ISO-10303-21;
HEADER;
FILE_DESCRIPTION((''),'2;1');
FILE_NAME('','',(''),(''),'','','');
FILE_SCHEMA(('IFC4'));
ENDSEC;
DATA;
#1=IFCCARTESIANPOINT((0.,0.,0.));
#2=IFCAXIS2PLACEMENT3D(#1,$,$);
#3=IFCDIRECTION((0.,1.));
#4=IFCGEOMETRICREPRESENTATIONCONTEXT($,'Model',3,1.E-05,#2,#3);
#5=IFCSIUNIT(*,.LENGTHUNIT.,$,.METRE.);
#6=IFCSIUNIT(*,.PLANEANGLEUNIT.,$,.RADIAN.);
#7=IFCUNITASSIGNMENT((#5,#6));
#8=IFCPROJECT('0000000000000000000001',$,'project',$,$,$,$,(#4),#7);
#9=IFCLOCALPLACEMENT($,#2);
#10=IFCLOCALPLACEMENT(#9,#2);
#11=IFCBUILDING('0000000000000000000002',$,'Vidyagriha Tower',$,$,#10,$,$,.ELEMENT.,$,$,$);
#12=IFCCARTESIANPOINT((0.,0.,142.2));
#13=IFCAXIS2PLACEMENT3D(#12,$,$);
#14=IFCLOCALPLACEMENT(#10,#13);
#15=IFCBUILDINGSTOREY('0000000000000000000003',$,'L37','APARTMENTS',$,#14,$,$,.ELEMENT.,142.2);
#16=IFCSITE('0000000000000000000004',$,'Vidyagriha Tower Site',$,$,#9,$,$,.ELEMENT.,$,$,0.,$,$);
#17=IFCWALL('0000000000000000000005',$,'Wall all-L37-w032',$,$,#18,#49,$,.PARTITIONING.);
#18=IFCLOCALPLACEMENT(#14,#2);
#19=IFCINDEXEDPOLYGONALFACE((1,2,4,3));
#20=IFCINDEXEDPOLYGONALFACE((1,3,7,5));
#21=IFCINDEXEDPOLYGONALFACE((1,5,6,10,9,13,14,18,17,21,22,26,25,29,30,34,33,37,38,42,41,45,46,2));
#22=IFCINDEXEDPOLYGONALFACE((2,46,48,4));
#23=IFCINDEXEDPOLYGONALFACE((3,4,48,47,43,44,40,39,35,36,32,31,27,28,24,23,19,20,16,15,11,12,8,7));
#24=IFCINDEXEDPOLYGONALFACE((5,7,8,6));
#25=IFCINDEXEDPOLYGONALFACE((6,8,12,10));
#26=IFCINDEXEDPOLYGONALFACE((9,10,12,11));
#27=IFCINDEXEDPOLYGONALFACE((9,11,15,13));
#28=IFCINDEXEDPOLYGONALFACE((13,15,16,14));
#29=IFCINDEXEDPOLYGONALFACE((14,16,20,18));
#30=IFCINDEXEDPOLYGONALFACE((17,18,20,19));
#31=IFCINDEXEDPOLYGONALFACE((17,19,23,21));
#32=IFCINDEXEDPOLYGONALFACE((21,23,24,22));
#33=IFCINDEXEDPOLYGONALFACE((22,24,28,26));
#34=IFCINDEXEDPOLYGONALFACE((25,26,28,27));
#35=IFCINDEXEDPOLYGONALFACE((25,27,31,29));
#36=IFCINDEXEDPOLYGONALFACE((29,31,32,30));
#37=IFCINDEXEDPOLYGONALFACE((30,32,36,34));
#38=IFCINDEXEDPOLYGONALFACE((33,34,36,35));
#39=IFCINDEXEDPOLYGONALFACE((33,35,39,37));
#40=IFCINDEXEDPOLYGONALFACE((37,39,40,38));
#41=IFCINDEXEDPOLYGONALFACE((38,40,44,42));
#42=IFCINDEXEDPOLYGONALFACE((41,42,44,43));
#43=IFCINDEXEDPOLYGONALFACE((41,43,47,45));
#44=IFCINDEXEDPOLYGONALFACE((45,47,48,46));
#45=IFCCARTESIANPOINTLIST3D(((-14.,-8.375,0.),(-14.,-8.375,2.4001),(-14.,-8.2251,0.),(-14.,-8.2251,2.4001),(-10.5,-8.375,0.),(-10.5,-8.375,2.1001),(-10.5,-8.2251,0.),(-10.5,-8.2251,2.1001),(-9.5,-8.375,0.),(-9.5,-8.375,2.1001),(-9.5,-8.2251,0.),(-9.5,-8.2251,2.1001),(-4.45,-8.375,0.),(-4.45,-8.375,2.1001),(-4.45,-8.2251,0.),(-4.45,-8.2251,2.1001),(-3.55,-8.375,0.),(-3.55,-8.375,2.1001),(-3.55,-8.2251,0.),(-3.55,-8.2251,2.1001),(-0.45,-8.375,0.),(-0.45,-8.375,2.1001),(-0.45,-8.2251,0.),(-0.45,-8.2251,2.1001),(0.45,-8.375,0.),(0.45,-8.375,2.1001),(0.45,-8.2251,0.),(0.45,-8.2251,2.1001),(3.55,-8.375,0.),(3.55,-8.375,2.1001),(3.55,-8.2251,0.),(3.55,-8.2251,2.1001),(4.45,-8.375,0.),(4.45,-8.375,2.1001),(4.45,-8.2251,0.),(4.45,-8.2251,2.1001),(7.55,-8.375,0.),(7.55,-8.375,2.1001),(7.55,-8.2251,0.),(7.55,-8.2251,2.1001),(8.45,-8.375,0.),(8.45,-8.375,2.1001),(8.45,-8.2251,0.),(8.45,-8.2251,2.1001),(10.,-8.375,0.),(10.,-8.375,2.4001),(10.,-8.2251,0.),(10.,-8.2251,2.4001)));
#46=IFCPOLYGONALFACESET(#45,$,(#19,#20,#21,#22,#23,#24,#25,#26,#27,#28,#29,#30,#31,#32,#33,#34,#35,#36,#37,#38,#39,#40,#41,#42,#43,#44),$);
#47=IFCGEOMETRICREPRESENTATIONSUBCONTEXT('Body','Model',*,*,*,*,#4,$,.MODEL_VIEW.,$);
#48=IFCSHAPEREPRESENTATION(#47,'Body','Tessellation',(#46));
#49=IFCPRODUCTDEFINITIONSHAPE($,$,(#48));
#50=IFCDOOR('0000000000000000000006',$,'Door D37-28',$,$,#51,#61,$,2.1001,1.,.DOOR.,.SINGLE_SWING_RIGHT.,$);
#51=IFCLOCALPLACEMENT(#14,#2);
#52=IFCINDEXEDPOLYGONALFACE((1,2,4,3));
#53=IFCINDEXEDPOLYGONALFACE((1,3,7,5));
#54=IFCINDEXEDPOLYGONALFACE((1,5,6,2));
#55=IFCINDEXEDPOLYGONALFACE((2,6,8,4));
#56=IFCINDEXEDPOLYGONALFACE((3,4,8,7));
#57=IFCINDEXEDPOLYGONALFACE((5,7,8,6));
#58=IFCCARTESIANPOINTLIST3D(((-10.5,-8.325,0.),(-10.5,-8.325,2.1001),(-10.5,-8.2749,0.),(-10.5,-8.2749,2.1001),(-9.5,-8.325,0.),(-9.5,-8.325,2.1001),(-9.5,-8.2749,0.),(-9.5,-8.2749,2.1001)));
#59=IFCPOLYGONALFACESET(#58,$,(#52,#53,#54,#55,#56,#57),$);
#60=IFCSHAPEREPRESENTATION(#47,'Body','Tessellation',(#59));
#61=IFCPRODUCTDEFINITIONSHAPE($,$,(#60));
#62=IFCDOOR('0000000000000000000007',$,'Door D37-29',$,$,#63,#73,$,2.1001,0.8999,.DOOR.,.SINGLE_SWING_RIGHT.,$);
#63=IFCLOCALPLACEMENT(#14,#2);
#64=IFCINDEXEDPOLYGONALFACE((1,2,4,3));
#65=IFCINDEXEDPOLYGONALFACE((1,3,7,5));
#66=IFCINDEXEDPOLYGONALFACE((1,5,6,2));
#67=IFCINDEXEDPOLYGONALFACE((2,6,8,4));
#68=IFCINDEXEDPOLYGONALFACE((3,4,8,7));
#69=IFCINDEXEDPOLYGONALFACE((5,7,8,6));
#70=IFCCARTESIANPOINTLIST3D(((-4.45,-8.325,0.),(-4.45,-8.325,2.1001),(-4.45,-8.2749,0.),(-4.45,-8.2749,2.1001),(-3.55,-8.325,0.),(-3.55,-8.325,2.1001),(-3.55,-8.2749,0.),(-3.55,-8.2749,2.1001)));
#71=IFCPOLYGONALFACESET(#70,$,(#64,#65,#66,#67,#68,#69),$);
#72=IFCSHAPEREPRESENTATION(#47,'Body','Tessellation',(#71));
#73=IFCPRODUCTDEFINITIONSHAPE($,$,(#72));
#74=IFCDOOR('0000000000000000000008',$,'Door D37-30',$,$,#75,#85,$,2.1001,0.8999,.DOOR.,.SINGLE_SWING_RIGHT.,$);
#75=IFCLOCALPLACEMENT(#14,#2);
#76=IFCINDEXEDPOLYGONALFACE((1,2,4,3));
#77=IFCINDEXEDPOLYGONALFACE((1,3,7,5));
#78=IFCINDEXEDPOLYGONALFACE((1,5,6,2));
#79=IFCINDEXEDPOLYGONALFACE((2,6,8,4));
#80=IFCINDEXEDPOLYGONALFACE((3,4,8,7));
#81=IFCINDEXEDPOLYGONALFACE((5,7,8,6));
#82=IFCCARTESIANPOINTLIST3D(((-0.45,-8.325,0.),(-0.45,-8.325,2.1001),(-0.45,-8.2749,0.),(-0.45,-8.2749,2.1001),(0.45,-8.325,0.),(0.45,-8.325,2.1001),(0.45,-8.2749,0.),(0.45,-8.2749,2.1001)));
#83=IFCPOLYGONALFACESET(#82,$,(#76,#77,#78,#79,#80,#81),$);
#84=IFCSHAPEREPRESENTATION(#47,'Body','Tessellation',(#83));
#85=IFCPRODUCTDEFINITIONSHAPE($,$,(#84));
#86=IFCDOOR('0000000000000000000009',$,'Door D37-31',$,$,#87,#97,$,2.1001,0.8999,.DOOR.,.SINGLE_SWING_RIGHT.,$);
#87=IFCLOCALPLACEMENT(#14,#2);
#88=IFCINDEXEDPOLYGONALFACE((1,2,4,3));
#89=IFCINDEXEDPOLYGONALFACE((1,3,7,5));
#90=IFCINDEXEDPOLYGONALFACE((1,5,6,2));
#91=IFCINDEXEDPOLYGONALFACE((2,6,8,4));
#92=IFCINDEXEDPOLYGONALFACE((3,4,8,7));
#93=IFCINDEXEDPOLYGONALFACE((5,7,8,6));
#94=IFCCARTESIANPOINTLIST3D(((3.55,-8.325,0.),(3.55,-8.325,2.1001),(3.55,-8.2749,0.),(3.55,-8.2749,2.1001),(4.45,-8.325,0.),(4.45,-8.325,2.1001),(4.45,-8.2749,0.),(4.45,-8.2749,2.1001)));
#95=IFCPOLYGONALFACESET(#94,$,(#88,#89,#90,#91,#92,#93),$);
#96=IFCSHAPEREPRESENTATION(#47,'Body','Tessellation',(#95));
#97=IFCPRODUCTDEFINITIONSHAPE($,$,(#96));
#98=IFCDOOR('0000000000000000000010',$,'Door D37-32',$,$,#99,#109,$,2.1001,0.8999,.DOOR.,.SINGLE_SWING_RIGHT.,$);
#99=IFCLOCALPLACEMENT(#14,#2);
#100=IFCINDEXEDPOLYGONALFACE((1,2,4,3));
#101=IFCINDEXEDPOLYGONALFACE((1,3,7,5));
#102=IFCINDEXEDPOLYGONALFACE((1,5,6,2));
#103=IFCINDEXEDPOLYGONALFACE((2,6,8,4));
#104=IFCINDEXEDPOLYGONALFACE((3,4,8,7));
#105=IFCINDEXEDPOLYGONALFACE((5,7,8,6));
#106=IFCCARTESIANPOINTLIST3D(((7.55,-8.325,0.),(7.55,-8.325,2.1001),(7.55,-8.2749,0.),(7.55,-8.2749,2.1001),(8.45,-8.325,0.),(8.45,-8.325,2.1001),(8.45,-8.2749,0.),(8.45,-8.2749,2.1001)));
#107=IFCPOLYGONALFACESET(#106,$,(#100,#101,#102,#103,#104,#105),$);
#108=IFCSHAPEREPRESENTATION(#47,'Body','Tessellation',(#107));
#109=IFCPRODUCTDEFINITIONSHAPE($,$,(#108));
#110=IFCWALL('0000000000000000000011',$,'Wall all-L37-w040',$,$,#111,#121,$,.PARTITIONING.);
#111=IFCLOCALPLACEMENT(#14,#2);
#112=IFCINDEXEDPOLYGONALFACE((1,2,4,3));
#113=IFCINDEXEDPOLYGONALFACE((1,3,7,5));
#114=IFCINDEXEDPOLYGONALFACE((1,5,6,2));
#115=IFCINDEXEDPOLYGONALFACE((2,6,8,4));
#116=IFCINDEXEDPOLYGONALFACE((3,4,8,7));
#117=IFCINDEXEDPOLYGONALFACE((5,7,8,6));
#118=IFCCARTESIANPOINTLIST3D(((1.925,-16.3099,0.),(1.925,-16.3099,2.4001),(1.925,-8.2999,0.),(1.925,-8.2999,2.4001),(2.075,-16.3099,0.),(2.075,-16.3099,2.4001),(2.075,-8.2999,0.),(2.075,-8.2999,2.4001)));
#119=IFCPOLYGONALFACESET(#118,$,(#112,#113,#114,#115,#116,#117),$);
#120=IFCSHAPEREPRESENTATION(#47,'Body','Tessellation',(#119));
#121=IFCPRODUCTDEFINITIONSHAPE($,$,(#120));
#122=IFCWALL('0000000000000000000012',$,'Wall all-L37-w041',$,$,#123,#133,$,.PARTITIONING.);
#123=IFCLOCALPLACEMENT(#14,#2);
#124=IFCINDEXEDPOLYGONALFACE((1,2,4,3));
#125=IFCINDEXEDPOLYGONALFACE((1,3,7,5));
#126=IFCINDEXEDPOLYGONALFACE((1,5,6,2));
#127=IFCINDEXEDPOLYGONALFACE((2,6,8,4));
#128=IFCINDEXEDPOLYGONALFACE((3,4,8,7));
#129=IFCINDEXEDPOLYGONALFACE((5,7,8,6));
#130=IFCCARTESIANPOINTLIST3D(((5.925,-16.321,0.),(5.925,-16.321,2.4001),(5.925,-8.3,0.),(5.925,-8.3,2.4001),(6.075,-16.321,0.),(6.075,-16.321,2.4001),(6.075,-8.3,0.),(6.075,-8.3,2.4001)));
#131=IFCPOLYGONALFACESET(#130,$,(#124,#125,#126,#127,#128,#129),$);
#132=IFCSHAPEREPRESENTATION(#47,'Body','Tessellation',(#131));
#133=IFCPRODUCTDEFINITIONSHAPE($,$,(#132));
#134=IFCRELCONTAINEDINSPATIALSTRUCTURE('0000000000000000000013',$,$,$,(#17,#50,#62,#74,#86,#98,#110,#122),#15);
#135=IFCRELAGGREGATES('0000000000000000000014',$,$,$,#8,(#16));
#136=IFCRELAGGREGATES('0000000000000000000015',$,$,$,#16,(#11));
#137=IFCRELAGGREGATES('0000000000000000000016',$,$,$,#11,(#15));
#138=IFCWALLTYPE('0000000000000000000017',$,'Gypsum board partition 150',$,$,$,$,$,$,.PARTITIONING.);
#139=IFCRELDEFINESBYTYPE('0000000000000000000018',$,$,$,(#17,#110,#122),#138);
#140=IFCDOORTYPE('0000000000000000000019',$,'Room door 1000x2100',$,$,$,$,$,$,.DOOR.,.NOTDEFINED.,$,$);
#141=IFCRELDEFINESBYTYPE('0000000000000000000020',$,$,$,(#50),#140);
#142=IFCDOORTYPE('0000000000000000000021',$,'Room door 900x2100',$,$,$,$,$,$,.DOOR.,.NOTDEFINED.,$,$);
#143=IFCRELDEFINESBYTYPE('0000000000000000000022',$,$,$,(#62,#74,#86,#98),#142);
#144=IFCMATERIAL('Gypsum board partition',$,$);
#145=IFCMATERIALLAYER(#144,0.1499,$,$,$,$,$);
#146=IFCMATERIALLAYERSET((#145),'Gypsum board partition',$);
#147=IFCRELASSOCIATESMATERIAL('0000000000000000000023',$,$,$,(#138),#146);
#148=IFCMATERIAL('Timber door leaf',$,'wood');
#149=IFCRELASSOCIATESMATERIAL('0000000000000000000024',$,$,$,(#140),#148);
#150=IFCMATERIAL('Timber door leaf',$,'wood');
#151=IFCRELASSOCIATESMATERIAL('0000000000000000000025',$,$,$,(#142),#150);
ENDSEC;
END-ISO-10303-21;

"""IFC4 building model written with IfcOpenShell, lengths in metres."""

from ifc_helpers import new_model, si_unit, direction, frame, frame_2d, origin, place, context, subcontext, project, spatial, rectangle, extrude, material, layer, layer_set, type_object, element, fill, save


model = new_model("IFC4")

# Units and contexts
model_context = context("Model", 3, precision=1e-05, world=origin(), true_north=direction((0.0, 1.0)))
body_context = subcontext(model_context, "Body", "Model", "MODEL_VIEW")
ifc_project = project(units=[si_unit("LENGTHUNIT", "METRE"), si_unit("PLANEANGLEUNIT", "RADIAN")], contexts=[model_context])

# Site, building, storey
site_placement = place(None, origin())
site = spatial("IfcSite", under=ifc_project, at=site_placement, Name="Vidyagriha Tower Site", CompositionType="ELEMENT", RefElevation=0.0)
building_placement = place(site_placement, origin())
building = spatial("IfcBuilding", under=site, at=building_placement, Name="Vidyagriha Tower", CompositionType="ELEMENT")
storey_placement = place(building_placement, frame((0.0, 0.0, 142.2)))
storey = spatial("IfcBuildingStorey", under=building, at=storey_placement, Name="L37", Description="APARTMENTS", CompositionType="ELEMENT", Elevation=142.2)

# Shared definitions
ifc_material_1 = material(Name="Gypsum board partition")
ifc_layer_1 = layer(ifc_material_1, 0.1499)
ifc_layer_set_1 = layer_set([ifc_layer_1], Name="Gypsum board partition")
wall_type_1 = type_object("IfcWallType", Name="Gypsum board partition 150", PredefinedType="PARTITIONING", material=ifc_layer_set_1)

# Wall, openings, doors
wall_1_placement = place(storey_placement, frame((10.0, -8.3, 0.0), z_axis=(0.0, 0.0, 1.0), x_axis=(-1.0, 0.0, 0.0)))
wall_1 = element("IfcWall", 1, at=wall_1_placement, inside=storey, type_object=wall_type_1, Name="Wall all-L37-w032", PredefinedType="PARTITIONING", context=body_context, shape_type="SweptSolid", body=[
    extrude(rectangle(XDim=24.0, YDim=0.1499, at=frame_2d((12.0, 0.0))), origin(), (0.0, 0.0, 1.0), 2.4001),
])
opening_1_placement = place(wall_1_placement, frame((19.5, 0.0, 0.0)))
opening_1 = element("IfcOpeningElement", 2, at=opening_1_placement, cuts=wall_1, PredefinedType="OPENING", context=body_context, shape_type="SweptSolid", body=[
    extrude(rectangle(XDim=1.0, YDim=2.1001, at=frame_2d((0.5, 1.05))), frame((0.0, 0.085, 0.0), z_axis=(0.0, -1.0, 0.0), x_axis=(1.0, 0.0, 0.0)), (0.0, 0.0, 1.0), 0.1699),
])
opening_2_placement = place(wall_1_placement, frame((13.55, 0.0, 0.0)))
opening_2 = element("IfcOpeningElement", 3, at=opening_2_placement, cuts=wall_1, PredefinedType="OPENING", context=body_context, shape_type="SweptSolid", body=[
    extrude(rectangle(XDim=0.8999, YDim=2.1001, at=frame_2d((0.45, 1.05))), frame((0.0, 0.085, 0.0), z_axis=(0.0, -1.0, 0.0), x_axis=(1.0, 0.0, 0.0)), (0.0, 0.0, 1.0), 0.1699),
])
opening_3_placement = place(wall_1_placement, frame((9.55, 0.0, 0.0)))
opening_3 = element("IfcOpeningElement", 4, at=opening_3_placement, cuts=wall_1, PredefinedType="OPENING", context=body_context, shape_type="SweptSolid", body=[
    extrude(rectangle(XDim=0.8999, YDim=2.1001, at=frame_2d((0.45, 1.05))), frame((0.0, 0.085, 0.0), z_axis=(0.0, -1.0, 0.0), x_axis=(1.0, 0.0, 0.0)), (0.0, 0.0, 1.0), 0.1699),
])
opening_4_placement = place(wall_1_placement, frame((5.55, 0.0, 0.0)))
opening_4 = element("IfcOpeningElement", 5, at=opening_4_placement, cuts=wall_1, PredefinedType="OPENING", context=body_context, shape_type="SweptSolid", body=[
    extrude(rectangle(XDim=0.8999, YDim=2.1001, at=frame_2d((0.45, 1.05))), frame((0.0, 0.085, 0.0), z_axis=(0.0, -1.0, 0.0), x_axis=(1.0, 0.0, 0.0)), (0.0, 0.0, 1.0), 0.1699),
])
opening_5_placement = place(wall_1_placement, frame((1.55, 0.0, 0.0)))
opening_5 = element("IfcOpeningElement", 6, at=opening_5_placement, cuts=wall_1, PredefinedType="OPENING", context=body_context, shape_type="SweptSolid", body=[
    extrude(rectangle(XDim=0.8999, YDim=2.1001, at=frame_2d((0.45, 1.05))), frame((0.0, 0.085, 0.0), z_axis=(0.0, -1.0, 0.0), x_axis=(1.0, 0.0, 0.0)), (0.0, 0.0, 1.0), 0.1699),
])
ifc_material_2 = material(Name="Timber door leaf", Category="wood")
door_type_1 = type_object("IfcDoorType", Name="Room door 1000x2100", OperationType="NOTDEFINED", PredefinedType="DOOR", material=ifc_material_2)
door_1_placement = place(opening_1_placement, origin())
door_1 = element("IfcDoor", 7, at=door_1_placement, inside=storey, type_object=door_type_1, Name="Door D37-28", OperationType="SINGLE_SWING_RIGHT", OverallHeight=2.1001, OverallWidth=1.0, PredefinedType="DOOR", context=body_context, shape_type="SweptSolid", body=[
    extrude(rectangle(XDim=1.0, YDim=2.1001, at=frame_2d((0.5, 1.05))), frame((0.0, 0.0249, 0.0), z_axis=(0.0, -1.0, 0.0), x_axis=(1.0, 0.0, 0.0)), (0.0, 0.0, 1.0), 0.05),
])
fill(opening_1, door_1)
ifc_material_3 = material(Name="Timber door leaf", Category="wood")
door_type_2 = type_object("IfcDoorType", Name="Room door 900x2100", OperationType="NOTDEFINED", PredefinedType="DOOR", material=ifc_material_3)
door_2_placement = place(opening_2_placement, origin())
door_2 = element("IfcDoor", 8, at=door_2_placement, inside=storey, type_object=door_type_2, Name="Door D37-29", OperationType="SINGLE_SWING_RIGHT", OverallHeight=2.1001, OverallWidth=0.8999, PredefinedType="DOOR", context=body_context, shape_type="SweptSolid", body=[
    extrude(rectangle(XDim=0.8999, YDim=2.1001, at=frame_2d((0.45, 1.05))), frame((0.0, 0.0249, 0.0), z_axis=(0.0, -1.0, 0.0), x_axis=(1.0, 0.0, 0.0)), (0.0, 0.0, 1.0), 0.05),
])
fill(opening_2, door_2)
door_3_placement = place(opening_3_placement, origin())
door_3 = element("IfcDoor", 9, at=door_3_placement, inside=storey, type_object=door_type_2, Name="Door D37-30", OperationType="SINGLE_SWING_RIGHT", OverallHeight=2.1001, OverallWidth=0.8999, PredefinedType="DOOR", context=body_context, shape_type="SweptSolid", body=[
    extrude(rectangle(XDim=0.8999, YDim=2.1001, at=frame_2d((0.45, 1.05))), frame((0.0, 0.0249, 0.0), z_axis=(0.0, -1.0, 0.0), x_axis=(1.0, 0.0, 0.0)), (0.0, 0.0, 1.0), 0.05),
])
fill(opening_3, door_3)
door_4_placement = place(opening_4_placement, origin())
door_4 = element("IfcDoor", 10, at=door_4_placement, inside=storey, type_object=door_type_2, Name="Door D37-31", OperationType="SINGLE_SWING_RIGHT", OverallHeight=2.1001, OverallWidth=0.8999, PredefinedType="DOOR", context=body_context, shape_type="SweptSolid", body=[
    extrude(rectangle(XDim=0.8999, YDim=2.1001, at=frame_2d((0.45, 1.05))), frame((0.0, 0.0249, 0.0), z_axis=(0.0, -1.0, 0.0), x_axis=(1.0, 0.0, 0.0)), (0.0, 0.0, 1.0), 0.05),
])
fill(opening_4, door_4)
door_5_placement = place(opening_5_placement, origin())
door_5 = element("IfcDoor", 11, at=door_5_placement, inside=storey, type_object=door_type_2, Name="Door D37-32", OperationType="SINGLE_SWING_RIGHT", OverallHeight=2.1001, OverallWidth=0.8999, PredefinedType="DOOR", context=body_context, shape_type="SweptSolid", body=[
    extrude(rectangle(XDim=0.8999, YDim=2.1001, at=frame_2d((0.45, 1.05))), frame((0.0, 0.0249, 0.0), z_axis=(0.0, -1.0, 0.0), x_axis=(1.0, 0.0, 0.0)), (0.0, 0.0, 1.0), 0.05),
])
fill(opening_5, door_5)

# Walls
wall_2_placement = place(storey_placement, frame((2.0, -8.3, 0.0), z_axis=(0.0, 0.0, 1.0), x_axis=(0.0, -1.0, 0.0)))
element("IfcWall", 12, at=wall_2_placement, inside=storey, type_object=wall_type_1, Name="Wall all-L37-w040", PredefinedType="PARTITIONING", context=body_context, shape_type="SweptSolid", body=[
    extrude(rectangle(XDim=8.01, YDim=0.1499, at=frame_2d((4.0049, 0.0))), origin(), (0.0, 0.0, 1.0), 2.4001),
])
wall_3_placement = place(storey_placement, frame((6.0, -8.3, 0.0), z_axis=(0.0, 0.0, 1.0), x_axis=(0.0, -1.0, 0.0)))
element("IfcWall", 13, at=wall_3_placement, inside=storey, type_object=wall_type_1, Name="Wall all-L37-w041", PredefinedType="PARTITIONING", context=body_context, shape_type="SweptSolid", body=[
    extrude(rectangle(XDim=8.021, YDim=0.1499, at=frame_2d((4.0105, 0.0))), origin(), (0.0, 0.0, 1.0), 2.4001),
])

save(model, "model.ifc")
